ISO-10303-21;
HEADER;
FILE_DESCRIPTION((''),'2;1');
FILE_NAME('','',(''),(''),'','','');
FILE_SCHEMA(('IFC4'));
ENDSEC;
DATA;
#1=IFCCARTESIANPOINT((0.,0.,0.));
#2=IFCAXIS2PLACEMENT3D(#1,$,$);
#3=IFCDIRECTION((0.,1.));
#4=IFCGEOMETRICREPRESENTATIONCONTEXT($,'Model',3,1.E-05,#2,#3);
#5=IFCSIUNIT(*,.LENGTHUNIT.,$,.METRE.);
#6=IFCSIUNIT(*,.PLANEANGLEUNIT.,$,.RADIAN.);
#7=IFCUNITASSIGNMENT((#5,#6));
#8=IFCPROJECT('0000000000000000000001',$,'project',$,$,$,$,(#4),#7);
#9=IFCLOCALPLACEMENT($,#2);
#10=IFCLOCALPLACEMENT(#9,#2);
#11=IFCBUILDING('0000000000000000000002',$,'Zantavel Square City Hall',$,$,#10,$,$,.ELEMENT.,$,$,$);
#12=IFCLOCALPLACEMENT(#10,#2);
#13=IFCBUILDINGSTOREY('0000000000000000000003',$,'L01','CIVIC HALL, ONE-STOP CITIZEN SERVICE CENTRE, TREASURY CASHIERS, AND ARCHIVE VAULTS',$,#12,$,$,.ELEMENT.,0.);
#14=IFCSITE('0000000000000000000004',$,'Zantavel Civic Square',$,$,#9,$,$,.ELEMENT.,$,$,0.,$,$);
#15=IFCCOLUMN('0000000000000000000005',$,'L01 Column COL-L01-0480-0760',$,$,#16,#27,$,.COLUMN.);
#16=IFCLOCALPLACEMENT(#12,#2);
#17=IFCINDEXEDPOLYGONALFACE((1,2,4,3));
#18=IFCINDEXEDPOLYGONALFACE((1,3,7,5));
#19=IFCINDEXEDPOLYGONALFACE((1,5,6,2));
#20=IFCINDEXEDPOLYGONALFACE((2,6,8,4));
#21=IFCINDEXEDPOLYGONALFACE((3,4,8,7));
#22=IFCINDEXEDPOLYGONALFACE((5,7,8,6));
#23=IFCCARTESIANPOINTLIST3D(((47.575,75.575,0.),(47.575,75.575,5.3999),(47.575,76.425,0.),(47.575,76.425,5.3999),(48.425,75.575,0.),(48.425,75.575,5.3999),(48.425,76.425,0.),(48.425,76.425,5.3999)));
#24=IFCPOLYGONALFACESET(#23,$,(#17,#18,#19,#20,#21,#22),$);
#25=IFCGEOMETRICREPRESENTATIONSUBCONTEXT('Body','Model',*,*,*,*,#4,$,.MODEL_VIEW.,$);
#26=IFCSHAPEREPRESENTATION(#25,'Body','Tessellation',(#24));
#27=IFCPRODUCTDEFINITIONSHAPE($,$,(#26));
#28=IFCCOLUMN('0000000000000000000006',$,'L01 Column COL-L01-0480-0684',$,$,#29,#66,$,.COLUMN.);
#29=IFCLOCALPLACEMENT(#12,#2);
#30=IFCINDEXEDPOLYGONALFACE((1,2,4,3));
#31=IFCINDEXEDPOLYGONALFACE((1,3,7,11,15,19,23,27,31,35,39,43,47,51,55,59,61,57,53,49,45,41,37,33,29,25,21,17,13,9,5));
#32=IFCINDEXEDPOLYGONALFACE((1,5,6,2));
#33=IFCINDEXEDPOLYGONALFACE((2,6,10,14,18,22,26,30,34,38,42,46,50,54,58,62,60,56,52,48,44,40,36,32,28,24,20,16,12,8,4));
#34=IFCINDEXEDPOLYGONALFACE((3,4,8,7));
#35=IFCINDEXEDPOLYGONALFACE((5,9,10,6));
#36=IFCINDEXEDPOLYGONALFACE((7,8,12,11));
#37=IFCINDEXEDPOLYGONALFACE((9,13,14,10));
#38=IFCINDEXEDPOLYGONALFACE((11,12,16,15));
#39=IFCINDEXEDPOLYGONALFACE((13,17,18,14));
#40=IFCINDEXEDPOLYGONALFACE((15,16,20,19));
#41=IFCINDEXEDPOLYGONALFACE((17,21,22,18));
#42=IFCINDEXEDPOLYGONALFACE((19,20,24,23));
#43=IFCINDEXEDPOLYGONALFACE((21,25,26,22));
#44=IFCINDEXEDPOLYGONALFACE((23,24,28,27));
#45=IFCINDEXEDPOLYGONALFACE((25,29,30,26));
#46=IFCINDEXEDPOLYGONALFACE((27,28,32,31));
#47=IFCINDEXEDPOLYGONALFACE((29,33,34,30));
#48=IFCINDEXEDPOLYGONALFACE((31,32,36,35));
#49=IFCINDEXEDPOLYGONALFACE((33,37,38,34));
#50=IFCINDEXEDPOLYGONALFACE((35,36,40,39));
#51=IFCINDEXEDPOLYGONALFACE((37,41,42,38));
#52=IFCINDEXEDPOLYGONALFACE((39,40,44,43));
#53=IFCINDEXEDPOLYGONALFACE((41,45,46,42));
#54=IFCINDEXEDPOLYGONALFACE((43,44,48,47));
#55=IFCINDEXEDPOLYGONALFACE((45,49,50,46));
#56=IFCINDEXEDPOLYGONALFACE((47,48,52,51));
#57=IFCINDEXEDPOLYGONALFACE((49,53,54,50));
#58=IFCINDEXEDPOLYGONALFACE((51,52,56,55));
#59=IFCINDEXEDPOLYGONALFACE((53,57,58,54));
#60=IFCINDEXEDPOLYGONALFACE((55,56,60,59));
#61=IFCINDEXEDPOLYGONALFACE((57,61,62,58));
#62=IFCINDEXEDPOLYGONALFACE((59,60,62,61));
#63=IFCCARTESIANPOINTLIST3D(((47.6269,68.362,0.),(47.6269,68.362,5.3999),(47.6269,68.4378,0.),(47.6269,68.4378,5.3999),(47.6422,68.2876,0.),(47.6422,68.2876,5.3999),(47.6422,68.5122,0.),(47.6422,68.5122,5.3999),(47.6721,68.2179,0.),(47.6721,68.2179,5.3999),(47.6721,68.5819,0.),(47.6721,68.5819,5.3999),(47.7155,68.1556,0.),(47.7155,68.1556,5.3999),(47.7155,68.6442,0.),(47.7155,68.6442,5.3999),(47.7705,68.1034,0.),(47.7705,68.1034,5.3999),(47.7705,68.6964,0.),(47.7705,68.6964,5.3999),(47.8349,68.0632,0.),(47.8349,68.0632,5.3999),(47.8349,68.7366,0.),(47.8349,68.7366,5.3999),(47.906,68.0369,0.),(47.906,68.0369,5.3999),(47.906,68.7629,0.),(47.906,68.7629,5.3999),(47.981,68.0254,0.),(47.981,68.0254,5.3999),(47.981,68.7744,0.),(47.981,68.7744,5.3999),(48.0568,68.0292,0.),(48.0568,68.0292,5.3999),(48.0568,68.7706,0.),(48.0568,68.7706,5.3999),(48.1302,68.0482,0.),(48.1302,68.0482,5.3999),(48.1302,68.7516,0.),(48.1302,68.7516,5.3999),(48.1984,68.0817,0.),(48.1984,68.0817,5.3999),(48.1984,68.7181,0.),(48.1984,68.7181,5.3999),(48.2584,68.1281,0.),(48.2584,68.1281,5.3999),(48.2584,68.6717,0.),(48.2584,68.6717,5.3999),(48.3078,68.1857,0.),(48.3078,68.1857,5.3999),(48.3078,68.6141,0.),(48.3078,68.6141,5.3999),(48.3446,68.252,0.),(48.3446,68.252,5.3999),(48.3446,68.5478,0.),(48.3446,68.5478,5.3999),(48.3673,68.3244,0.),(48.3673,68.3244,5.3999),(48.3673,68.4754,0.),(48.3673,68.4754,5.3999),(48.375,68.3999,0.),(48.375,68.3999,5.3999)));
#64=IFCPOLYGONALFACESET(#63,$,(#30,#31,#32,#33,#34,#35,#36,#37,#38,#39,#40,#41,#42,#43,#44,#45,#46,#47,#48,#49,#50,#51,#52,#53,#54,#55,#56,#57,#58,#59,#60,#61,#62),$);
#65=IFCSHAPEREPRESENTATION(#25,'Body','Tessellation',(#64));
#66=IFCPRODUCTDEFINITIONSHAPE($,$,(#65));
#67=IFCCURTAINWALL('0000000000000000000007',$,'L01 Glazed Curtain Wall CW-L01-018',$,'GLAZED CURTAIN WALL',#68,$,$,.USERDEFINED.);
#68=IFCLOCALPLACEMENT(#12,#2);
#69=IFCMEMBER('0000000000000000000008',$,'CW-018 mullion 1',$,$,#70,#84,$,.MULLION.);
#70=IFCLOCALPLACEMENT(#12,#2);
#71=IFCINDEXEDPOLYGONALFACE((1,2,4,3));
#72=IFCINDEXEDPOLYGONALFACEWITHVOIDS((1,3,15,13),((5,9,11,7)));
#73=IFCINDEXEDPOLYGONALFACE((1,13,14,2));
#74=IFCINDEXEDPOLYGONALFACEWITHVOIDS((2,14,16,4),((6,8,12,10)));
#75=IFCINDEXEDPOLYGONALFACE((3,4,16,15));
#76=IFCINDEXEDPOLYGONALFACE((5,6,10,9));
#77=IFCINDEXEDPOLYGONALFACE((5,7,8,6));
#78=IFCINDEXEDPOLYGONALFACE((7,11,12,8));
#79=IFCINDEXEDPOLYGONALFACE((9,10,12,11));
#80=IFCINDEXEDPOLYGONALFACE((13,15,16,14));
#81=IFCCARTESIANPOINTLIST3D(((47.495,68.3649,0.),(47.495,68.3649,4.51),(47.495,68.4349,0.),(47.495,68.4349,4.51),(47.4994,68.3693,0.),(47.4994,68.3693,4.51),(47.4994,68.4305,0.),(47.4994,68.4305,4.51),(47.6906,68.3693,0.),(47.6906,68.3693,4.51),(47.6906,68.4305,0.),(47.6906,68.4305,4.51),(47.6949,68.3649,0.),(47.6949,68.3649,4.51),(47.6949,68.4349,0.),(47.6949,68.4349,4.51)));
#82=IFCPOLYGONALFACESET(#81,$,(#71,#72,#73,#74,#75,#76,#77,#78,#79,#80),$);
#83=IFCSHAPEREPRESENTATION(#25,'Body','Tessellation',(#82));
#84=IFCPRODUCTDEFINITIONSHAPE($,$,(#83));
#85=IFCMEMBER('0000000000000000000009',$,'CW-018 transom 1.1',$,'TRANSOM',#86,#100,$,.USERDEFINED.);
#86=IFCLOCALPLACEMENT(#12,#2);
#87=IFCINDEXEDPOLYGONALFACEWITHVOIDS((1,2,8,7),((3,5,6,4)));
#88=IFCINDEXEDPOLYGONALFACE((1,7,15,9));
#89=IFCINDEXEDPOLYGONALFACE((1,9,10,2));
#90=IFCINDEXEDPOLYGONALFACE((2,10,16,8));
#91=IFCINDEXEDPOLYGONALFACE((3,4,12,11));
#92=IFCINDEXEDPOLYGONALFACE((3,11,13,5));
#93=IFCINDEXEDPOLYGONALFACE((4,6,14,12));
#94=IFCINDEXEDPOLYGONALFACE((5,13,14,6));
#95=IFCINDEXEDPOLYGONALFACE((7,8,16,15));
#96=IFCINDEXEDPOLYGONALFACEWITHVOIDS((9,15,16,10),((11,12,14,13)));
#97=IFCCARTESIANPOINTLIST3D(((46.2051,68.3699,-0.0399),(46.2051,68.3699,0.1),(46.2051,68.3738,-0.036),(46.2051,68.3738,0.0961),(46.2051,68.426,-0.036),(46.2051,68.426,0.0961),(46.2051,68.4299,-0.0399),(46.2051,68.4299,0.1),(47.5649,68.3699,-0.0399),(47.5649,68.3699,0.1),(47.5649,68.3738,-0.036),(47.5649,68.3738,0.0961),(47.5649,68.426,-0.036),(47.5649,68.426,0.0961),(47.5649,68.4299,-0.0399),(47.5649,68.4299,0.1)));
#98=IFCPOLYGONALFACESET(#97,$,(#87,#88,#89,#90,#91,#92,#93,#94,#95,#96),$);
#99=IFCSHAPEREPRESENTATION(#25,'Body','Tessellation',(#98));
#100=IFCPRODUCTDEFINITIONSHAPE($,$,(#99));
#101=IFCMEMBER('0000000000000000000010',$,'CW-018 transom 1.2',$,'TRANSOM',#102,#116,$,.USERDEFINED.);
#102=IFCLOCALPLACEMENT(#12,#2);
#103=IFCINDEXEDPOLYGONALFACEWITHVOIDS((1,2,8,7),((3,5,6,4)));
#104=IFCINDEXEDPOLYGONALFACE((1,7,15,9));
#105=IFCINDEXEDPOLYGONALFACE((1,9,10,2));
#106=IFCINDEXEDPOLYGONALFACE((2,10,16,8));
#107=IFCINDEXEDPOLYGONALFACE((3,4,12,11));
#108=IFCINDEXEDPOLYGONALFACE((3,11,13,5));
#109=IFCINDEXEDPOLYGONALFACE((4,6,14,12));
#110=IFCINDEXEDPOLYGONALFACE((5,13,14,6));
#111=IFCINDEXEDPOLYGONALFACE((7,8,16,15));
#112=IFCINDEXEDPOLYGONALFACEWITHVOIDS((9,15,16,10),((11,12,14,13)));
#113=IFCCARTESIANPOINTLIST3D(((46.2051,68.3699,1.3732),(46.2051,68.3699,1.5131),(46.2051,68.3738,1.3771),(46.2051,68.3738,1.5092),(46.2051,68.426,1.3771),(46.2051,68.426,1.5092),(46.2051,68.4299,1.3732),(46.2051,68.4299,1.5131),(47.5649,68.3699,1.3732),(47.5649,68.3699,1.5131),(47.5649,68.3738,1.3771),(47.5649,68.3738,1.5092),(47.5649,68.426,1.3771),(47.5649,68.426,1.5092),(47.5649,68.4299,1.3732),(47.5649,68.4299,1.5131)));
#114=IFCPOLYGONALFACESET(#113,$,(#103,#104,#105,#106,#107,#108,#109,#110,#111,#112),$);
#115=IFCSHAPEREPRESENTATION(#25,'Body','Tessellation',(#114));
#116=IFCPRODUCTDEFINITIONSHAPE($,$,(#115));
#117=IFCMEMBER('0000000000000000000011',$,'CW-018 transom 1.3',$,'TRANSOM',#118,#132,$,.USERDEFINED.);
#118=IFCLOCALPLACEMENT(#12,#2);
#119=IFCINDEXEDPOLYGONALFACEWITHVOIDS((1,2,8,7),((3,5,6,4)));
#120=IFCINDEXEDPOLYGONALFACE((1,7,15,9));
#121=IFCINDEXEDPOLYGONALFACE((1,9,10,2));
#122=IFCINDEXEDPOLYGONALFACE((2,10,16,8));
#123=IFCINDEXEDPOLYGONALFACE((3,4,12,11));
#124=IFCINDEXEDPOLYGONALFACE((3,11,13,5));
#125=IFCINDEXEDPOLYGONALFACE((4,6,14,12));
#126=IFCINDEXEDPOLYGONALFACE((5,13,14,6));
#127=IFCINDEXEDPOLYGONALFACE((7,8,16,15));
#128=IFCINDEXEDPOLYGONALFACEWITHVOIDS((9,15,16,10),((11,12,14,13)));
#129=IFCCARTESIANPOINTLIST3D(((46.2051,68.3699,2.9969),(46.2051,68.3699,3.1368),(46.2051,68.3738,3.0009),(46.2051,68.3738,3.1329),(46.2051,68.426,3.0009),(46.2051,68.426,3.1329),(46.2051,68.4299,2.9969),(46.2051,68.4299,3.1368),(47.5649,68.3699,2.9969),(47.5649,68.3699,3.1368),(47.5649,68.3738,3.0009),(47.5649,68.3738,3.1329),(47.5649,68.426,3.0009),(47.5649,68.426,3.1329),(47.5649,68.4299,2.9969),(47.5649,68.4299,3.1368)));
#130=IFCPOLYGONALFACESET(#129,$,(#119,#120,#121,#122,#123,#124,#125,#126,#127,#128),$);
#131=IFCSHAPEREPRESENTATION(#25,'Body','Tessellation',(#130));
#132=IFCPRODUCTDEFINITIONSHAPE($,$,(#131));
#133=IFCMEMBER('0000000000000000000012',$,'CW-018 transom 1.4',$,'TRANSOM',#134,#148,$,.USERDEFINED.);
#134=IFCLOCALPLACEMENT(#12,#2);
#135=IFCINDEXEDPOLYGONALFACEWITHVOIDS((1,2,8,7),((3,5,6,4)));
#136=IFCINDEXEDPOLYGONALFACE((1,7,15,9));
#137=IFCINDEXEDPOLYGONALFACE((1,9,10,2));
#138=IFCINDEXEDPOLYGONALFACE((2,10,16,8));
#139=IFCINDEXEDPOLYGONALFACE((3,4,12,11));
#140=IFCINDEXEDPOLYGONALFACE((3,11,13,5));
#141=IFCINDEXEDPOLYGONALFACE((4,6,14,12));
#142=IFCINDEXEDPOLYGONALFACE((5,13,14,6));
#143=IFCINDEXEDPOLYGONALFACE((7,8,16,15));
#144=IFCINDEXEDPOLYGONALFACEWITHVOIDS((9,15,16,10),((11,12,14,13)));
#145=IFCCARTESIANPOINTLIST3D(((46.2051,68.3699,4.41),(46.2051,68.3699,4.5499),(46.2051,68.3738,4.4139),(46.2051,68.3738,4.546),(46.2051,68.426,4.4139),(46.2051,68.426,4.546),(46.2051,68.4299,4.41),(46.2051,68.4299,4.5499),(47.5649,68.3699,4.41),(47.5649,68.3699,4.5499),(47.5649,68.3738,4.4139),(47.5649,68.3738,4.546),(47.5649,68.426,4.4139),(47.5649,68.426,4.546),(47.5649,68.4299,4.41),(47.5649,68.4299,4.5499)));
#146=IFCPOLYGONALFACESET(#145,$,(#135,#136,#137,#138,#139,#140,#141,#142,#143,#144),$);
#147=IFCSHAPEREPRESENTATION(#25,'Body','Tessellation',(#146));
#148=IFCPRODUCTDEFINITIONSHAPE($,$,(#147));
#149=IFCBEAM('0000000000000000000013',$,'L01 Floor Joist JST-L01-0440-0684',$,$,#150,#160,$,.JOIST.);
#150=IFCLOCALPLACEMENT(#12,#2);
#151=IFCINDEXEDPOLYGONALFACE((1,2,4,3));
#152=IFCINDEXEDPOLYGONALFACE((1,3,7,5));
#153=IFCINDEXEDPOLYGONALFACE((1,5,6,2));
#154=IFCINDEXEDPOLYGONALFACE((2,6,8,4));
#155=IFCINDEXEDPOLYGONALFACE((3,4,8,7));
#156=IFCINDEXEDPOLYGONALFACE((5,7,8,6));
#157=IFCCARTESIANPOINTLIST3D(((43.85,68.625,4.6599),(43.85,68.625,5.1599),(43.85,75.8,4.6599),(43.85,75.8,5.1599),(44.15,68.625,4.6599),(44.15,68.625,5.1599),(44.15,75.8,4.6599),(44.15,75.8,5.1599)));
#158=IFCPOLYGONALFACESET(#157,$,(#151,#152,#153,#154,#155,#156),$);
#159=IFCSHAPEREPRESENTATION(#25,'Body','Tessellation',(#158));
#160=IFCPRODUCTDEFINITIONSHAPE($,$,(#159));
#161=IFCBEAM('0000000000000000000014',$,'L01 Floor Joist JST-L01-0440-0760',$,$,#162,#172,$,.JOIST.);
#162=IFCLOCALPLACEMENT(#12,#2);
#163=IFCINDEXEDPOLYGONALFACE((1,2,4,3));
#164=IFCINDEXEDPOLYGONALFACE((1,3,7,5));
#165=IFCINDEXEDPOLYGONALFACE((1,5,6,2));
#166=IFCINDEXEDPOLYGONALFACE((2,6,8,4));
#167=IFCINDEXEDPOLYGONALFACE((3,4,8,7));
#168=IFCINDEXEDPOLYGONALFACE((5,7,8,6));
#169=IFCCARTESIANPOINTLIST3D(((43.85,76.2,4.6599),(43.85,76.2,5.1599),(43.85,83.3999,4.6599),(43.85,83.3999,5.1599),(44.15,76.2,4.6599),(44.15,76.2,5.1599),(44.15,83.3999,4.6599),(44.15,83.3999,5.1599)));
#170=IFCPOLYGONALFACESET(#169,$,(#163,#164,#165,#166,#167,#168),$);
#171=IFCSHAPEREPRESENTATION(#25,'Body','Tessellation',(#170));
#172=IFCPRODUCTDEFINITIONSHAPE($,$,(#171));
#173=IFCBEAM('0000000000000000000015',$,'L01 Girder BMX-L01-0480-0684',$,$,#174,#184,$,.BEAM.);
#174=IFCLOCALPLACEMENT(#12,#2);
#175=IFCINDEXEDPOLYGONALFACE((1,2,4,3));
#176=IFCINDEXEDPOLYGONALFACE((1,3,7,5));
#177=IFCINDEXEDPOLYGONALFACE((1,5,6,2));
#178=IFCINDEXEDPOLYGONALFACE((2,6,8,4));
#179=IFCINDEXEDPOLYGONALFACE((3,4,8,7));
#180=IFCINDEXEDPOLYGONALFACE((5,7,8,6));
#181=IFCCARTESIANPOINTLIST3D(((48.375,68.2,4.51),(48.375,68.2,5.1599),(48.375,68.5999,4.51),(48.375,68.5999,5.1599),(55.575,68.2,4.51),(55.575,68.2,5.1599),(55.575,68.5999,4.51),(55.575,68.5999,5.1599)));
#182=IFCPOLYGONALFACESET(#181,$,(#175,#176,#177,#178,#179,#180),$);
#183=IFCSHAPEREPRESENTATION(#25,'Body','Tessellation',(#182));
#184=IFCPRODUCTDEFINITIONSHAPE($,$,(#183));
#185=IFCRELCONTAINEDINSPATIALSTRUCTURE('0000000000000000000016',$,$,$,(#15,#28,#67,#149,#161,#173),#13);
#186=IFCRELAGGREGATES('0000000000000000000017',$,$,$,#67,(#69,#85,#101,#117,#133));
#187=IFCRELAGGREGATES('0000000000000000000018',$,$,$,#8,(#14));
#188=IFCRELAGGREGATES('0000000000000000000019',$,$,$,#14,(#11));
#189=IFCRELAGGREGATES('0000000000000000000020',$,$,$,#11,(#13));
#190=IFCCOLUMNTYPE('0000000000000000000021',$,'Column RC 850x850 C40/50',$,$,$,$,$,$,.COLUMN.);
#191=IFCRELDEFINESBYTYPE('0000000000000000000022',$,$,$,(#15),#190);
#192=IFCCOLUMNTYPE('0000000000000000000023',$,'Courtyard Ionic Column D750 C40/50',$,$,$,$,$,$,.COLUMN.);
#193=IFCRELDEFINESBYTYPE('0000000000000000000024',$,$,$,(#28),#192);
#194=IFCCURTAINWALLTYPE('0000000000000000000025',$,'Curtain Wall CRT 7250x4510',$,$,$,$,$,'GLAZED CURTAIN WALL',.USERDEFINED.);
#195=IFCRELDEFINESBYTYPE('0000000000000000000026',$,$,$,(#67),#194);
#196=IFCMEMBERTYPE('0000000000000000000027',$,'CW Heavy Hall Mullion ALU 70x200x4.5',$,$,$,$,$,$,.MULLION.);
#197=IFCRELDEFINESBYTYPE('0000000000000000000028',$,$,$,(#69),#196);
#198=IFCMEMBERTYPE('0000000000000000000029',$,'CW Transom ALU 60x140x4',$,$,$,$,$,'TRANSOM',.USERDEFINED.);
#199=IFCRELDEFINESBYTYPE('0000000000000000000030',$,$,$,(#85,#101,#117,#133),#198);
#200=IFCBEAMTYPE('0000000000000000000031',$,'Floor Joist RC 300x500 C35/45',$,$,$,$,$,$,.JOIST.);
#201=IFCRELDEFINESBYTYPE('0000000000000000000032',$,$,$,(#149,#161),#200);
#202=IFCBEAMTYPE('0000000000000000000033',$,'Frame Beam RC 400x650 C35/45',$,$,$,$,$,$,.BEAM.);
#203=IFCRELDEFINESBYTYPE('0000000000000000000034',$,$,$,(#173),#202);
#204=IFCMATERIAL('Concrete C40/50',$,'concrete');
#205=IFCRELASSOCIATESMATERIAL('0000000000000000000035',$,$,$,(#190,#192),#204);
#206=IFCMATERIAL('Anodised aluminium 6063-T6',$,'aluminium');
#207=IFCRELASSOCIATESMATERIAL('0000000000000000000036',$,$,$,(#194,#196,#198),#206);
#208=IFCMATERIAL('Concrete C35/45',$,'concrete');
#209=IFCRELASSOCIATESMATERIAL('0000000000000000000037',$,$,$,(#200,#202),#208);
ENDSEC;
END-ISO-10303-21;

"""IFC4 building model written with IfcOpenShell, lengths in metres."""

from ifc_helpers import new_model, si_unit, direction, frame, origin, origin_2d, place, context, subcontext, project, spatial, rectangle, hollow_rectangle, circle, extrude, material, material_profile, profile_set, type_object, element, aggregate, save


model = new_model("IFC4")

# Units and contexts
model_context = context("Model", 3, precision=1e-05, world=origin(), true_north=direction((0.0, 1.0)))
body_context = subcontext(model_context, "Body", "Model", "MODEL_VIEW")
ifc_project = project(units=[si_unit("LENGTHUNIT", "METRE"), si_unit("PLANEANGLEUNIT", "RADIAN")], contexts=[model_context])

# Site, building, storey
site_placement = place(None, origin())
site = spatial("IfcSite", under=ifc_project, at=site_placement, Name="Zantavel Civic Square", CompositionType="ELEMENT", RefElevation=0.0)
building_placement = place(site_placement, origin())
building = spatial("IfcBuilding", under=site, at=building_placement, Name="Zantavel Square City Hall", CompositionType="ELEMENT")
storey_placement = place(building_placement, origin())
storey = spatial("IfcBuildingStorey", under=building, at=storey_placement, Name="L01", Description="CIVIC HALL, ONE-STOP CITIZEN SERVICE CENTRE, TREASURY CASHIERS, AND ARCHIVE VAULTS", CompositionType="ELEMENT", Elevation=0.0)

# Columns
ifc_material_1 = material(Name="Concrete C40/50", Category="concrete")
ifc_material_profile_1 = material_profile(ifc_material_1, rectangle(XDim=0.8501, YDim=0.8501, at=origin_2d()), Name="RC 850x850")
ifc_profile_set_1 = profile_set([ifc_material_profile_1], Name="Concrete C40/50")
column_type_1 = type_object("IfcColumnType", Name="Column RC 850x850 C40/50", PredefinedType="COLUMN", material=ifc_profile_set_1)
column_1_placement = place(storey_placement, frame((48.0, 76.0, 0.0), z_axis=(0.0, 0.0, 1.0), x_axis=(1.0, 0.0, 0.0)))
element("IfcColumn", 1, at=column_1_placement, inside=storey, type_object=column_type_1, Name="L01 Column COL-L01-0480-0760", PredefinedType="COLUMN", context=body_context, shape_type="SweptSolid", body=[
    extrude(rectangle(XDim=0.8501, YDim=0.8501, at=origin_2d()), origin(), (0.0, 0.0, 1.0), 5.3999),
])
ifc_material_profile_2 = material_profile(ifc_material_1, circle(Radius=0.375, at=origin_2d()), Name="ROUND D750")
ifc_profile_set_2 = profile_set([ifc_material_profile_2], Name="Concrete C40/50")
column_type_2 = type_object("IfcColumnType", Name="Courtyard Ionic Column D750 C40/50", PredefinedType="COLUMN", material=ifc_profile_set_2)
column_2_placement = place(storey_placement, frame((48.0, 68.3999, 0.0), z_axis=(0.0, 0.0, 1.0), x_axis=(1.0, 0.0, 0.0)))
element("IfcColumn", 2, at=column_2_placement, inside=storey, type_object=column_type_2, Name="L01 Column COL-L01-0480-0684", PredefinedType="COLUMN", context=body_context, shape_type="SweptSolid", body=[
    extrude(circle(Radius=0.375, at=origin_2d()), origin(), (0.0, 0.0, 1.0), 5.3999),
])

# Curtain wall, members
ifc_material_2 = material(Name="Anodised aluminium 6063-T6", Category="aluminium")
curtain_wall_type = type_object("IfcCurtainWallType", Name="Curtain Wall CRT 7250x4510", ElementType="GLAZED CURTAIN WALL", PredefinedType="USERDEFINED", material=ifc_material_2)
curtain_wall_placement = place(storey_placement, origin())
curtain_wall = element("IfcCurtainWall", 3, at=curtain_wall_placement, inside=storey, type_object=curtain_wall_type, Name="L01 Glazed Curtain Wall CW-L01-018", ObjectType="GLAZED CURTAIN WALL", PredefinedType="USERDEFINED")
ifc_material_profile_3 = material_profile(ifc_material_2, hollow_rectangle(XDim=0.0701, YDim=0.2, WallThickness=0.0044, at=origin_2d()), Name="ALU 70x200x4.5")
ifc_profile_set_3 = profile_set([ifc_material_profile_3], Name="Anodised aluminium 6063-T6")
member_type_1 = type_object("IfcMemberType", Name="CW Heavy Hall Mullion ALU 70x200x4.5", PredefinedType="MULLION", material=ifc_profile_set_3)
member_1_placement = place(storey_placement, frame((47.595, 68.3999, 0.0), z_axis=(0.0, 0.0, 1.0), x_axis=(0.0, -1.0, 0.0)))
member_1 = element("IfcMember", 4, at=member_1_placement, type_object=member_type_1, Name="CW-018 mullion 1", PredefinedType="MULLION", context=body_context, shape_type="SweptSolid", body=[
    extrude(hollow_rectangle(XDim=0.0701, YDim=0.2, WallThickness=0.0044, at=origin_2d()), origin(), (0.0, 0.0, 1.0), 4.51),
])
ifc_material_profile_4 = material_profile(ifc_material_2, hollow_rectangle(XDim=0.0601, YDim=0.1399, WallThickness=0.0039, at=origin_2d()), Name="ALU 60x140x4")
ifc_profile_set_4 = profile_set([ifc_material_profile_4], Name="Anodised aluminium 6063-T6")
member_type_2 = type_object("IfcMemberType", Name="CW Transom ALU 60x140x4", ElementType="TRANSOM", PredefinedType="USERDEFINED", material=ifc_profile_set_4)
member_2_placement = place(storey_placement, frame((47.5649, 68.3999, 0.03), z_axis=(-1.0, 0.0, 0.0), x_axis=(0.0, -1.0, 0.0)))
member_2 = element("IfcMember", 5, at=member_2_placement, type_object=member_type_2, Name="CW-018 transom 1.1", ObjectType="TRANSOM", PredefinedType="USERDEFINED", context=body_context, shape_type="SweptSolid", body=[
    extrude(hollow_rectangle(XDim=0.0601, YDim=0.1399, WallThickness=0.0039, at=origin_2d()), origin(), (0.0, 0.0, 1.0), 1.3599),
])
member_3_placement = place(storey_placement, frame((47.5649, 68.3999, 1.4431), z_axis=(-1.0, 0.0, 0.0), x_axis=(0.0, -1.0, 0.0)))
member_3 = element("IfcMember", 6, at=member_3_placement, type_object=member_type_2, Name="CW-018 transom 1.2", ObjectType="TRANSOM", PredefinedType="USERDEFINED", context=body_context, shape_type="SweptSolid", body=[
    extrude(hollow_rectangle(XDim=0.0601, YDim=0.1399, WallThickness=0.0039, at=origin_2d()), origin(), (0.0, 0.0, 1.0), 1.3599),
])
member_4_placement = place(storey_placement, frame((47.5649, 68.3999, 3.0669), z_axis=(-1.0, 0.0, 0.0), x_axis=(0.0, -1.0, 0.0)))
member_4 = element("IfcMember", 7, at=member_4_placement, type_object=member_type_2, Name="CW-018 transom 1.3", ObjectType="TRANSOM", PredefinedType="USERDEFINED", context=body_context, shape_type="SweptSolid", body=[
    extrude(hollow_rectangle(XDim=0.0601, YDim=0.1399, WallThickness=0.0039, at=origin_2d()), origin(), (0.0, 0.0, 1.0), 1.3599),
])
member_5_placement = place(storey_placement, frame((47.5649, 68.3999, 4.48), z_axis=(-1.0, 0.0, 0.0), x_axis=(0.0, -1.0, 0.0)))
member_5 = element("IfcMember", 8, at=member_5_placement, type_object=member_type_2, Name="CW-018 transom 1.4", ObjectType="TRANSOM", PredefinedType="USERDEFINED", context=body_context, shape_type="SweptSolid", body=[
    extrude(hollow_rectangle(XDim=0.0601, YDim=0.1399, WallThickness=0.0039, at=origin_2d()), origin(), (0.0, 0.0, 1.0), 1.3599),
])

# Beams
ifc_material_3 = material(Name="Concrete C35/45", Category="concrete")
ifc_material_profile_5 = material_profile(ifc_material_3, rectangle(XDim=0.3, YDim=0.5, at=origin_2d()), Name="RC 300x500")
ifc_profile_set_5 = profile_set([ifc_material_profile_5], Name="Concrete C35/45")
beam_type_1 = type_object("IfcBeamType", Name="Floor Joist RC 300x500 C35/45", PredefinedType="JOIST", material=ifc_profile_set_5)
beam_1_placement = place(storey_placement, frame((44.0, 68.625, 4.9099), z_axis=(0.0, 1.0, 0.0), x_axis=(-1.0, 0.0, 0.0)))
element("IfcBeam", 9, at=beam_1_placement, inside=storey, type_object=beam_type_1, Name="L01 Floor Joist JST-L01-0440-0684", PredefinedType="JOIST", context=body_context, shape_type="SweptSolid", body=[
    extrude(rectangle(XDim=0.3, YDim=0.5, at=origin_2d()), origin(), (0.0, 0.0, 1.0), 7.175),
])
beam_2_placement = place(storey_placement, frame((44.0, 76.2, 4.9099), z_axis=(0.0, 1.0, 0.0), x_axis=(-1.0, 0.0, 0.0)))
element("IfcBeam", 10, at=beam_2_placement, inside=storey, type_object=beam_type_1, Name="L01 Floor Joist JST-L01-0440-0760", PredefinedType="JOIST", context=body_context, shape_type="SweptSolid", body=[
    extrude(rectangle(XDim=0.3, YDim=0.5, at=origin_2d()), origin(), (0.0, 0.0, 1.0), 7.2),
])
ifc_material_profile_6 = material_profile(ifc_material_3, rectangle(XDim=0.3999, YDim=0.6499, at=origin_2d()), Name="RC 400x650")
ifc_profile_set_6 = profile_set([ifc_material_profile_6], Name="Concrete C35/45")
beam_type_2 = type_object("IfcBeamType", Name="Frame Beam RC 400x650 C35/45", PredefinedType="BEAM", material=ifc_profile_set_6)
beam_3_placement = place(storey_placement, frame((48.375, 68.3999, 4.835), z_axis=(1.0, 0.0, 0.0), x_axis=(0.0, 1.0, 0.0)))
element("IfcBeam", 11, at=beam_3_placement, inside=storey, type_object=beam_type_2, Name="L01 Girder BMX-L01-0480-0684", PredefinedType="BEAM", context=body_context, shape_type="SweptSolid", body=[
    extrude(rectangle(XDim=0.3999, YDim=0.6499, at=origin_2d()), origin(), (0.0, 0.0, 1.0), 7.2),
])

aggregate(curtain_wall, [member_1, member_2, member_3, member_4, member_5])

save(model, "model.ifc")
